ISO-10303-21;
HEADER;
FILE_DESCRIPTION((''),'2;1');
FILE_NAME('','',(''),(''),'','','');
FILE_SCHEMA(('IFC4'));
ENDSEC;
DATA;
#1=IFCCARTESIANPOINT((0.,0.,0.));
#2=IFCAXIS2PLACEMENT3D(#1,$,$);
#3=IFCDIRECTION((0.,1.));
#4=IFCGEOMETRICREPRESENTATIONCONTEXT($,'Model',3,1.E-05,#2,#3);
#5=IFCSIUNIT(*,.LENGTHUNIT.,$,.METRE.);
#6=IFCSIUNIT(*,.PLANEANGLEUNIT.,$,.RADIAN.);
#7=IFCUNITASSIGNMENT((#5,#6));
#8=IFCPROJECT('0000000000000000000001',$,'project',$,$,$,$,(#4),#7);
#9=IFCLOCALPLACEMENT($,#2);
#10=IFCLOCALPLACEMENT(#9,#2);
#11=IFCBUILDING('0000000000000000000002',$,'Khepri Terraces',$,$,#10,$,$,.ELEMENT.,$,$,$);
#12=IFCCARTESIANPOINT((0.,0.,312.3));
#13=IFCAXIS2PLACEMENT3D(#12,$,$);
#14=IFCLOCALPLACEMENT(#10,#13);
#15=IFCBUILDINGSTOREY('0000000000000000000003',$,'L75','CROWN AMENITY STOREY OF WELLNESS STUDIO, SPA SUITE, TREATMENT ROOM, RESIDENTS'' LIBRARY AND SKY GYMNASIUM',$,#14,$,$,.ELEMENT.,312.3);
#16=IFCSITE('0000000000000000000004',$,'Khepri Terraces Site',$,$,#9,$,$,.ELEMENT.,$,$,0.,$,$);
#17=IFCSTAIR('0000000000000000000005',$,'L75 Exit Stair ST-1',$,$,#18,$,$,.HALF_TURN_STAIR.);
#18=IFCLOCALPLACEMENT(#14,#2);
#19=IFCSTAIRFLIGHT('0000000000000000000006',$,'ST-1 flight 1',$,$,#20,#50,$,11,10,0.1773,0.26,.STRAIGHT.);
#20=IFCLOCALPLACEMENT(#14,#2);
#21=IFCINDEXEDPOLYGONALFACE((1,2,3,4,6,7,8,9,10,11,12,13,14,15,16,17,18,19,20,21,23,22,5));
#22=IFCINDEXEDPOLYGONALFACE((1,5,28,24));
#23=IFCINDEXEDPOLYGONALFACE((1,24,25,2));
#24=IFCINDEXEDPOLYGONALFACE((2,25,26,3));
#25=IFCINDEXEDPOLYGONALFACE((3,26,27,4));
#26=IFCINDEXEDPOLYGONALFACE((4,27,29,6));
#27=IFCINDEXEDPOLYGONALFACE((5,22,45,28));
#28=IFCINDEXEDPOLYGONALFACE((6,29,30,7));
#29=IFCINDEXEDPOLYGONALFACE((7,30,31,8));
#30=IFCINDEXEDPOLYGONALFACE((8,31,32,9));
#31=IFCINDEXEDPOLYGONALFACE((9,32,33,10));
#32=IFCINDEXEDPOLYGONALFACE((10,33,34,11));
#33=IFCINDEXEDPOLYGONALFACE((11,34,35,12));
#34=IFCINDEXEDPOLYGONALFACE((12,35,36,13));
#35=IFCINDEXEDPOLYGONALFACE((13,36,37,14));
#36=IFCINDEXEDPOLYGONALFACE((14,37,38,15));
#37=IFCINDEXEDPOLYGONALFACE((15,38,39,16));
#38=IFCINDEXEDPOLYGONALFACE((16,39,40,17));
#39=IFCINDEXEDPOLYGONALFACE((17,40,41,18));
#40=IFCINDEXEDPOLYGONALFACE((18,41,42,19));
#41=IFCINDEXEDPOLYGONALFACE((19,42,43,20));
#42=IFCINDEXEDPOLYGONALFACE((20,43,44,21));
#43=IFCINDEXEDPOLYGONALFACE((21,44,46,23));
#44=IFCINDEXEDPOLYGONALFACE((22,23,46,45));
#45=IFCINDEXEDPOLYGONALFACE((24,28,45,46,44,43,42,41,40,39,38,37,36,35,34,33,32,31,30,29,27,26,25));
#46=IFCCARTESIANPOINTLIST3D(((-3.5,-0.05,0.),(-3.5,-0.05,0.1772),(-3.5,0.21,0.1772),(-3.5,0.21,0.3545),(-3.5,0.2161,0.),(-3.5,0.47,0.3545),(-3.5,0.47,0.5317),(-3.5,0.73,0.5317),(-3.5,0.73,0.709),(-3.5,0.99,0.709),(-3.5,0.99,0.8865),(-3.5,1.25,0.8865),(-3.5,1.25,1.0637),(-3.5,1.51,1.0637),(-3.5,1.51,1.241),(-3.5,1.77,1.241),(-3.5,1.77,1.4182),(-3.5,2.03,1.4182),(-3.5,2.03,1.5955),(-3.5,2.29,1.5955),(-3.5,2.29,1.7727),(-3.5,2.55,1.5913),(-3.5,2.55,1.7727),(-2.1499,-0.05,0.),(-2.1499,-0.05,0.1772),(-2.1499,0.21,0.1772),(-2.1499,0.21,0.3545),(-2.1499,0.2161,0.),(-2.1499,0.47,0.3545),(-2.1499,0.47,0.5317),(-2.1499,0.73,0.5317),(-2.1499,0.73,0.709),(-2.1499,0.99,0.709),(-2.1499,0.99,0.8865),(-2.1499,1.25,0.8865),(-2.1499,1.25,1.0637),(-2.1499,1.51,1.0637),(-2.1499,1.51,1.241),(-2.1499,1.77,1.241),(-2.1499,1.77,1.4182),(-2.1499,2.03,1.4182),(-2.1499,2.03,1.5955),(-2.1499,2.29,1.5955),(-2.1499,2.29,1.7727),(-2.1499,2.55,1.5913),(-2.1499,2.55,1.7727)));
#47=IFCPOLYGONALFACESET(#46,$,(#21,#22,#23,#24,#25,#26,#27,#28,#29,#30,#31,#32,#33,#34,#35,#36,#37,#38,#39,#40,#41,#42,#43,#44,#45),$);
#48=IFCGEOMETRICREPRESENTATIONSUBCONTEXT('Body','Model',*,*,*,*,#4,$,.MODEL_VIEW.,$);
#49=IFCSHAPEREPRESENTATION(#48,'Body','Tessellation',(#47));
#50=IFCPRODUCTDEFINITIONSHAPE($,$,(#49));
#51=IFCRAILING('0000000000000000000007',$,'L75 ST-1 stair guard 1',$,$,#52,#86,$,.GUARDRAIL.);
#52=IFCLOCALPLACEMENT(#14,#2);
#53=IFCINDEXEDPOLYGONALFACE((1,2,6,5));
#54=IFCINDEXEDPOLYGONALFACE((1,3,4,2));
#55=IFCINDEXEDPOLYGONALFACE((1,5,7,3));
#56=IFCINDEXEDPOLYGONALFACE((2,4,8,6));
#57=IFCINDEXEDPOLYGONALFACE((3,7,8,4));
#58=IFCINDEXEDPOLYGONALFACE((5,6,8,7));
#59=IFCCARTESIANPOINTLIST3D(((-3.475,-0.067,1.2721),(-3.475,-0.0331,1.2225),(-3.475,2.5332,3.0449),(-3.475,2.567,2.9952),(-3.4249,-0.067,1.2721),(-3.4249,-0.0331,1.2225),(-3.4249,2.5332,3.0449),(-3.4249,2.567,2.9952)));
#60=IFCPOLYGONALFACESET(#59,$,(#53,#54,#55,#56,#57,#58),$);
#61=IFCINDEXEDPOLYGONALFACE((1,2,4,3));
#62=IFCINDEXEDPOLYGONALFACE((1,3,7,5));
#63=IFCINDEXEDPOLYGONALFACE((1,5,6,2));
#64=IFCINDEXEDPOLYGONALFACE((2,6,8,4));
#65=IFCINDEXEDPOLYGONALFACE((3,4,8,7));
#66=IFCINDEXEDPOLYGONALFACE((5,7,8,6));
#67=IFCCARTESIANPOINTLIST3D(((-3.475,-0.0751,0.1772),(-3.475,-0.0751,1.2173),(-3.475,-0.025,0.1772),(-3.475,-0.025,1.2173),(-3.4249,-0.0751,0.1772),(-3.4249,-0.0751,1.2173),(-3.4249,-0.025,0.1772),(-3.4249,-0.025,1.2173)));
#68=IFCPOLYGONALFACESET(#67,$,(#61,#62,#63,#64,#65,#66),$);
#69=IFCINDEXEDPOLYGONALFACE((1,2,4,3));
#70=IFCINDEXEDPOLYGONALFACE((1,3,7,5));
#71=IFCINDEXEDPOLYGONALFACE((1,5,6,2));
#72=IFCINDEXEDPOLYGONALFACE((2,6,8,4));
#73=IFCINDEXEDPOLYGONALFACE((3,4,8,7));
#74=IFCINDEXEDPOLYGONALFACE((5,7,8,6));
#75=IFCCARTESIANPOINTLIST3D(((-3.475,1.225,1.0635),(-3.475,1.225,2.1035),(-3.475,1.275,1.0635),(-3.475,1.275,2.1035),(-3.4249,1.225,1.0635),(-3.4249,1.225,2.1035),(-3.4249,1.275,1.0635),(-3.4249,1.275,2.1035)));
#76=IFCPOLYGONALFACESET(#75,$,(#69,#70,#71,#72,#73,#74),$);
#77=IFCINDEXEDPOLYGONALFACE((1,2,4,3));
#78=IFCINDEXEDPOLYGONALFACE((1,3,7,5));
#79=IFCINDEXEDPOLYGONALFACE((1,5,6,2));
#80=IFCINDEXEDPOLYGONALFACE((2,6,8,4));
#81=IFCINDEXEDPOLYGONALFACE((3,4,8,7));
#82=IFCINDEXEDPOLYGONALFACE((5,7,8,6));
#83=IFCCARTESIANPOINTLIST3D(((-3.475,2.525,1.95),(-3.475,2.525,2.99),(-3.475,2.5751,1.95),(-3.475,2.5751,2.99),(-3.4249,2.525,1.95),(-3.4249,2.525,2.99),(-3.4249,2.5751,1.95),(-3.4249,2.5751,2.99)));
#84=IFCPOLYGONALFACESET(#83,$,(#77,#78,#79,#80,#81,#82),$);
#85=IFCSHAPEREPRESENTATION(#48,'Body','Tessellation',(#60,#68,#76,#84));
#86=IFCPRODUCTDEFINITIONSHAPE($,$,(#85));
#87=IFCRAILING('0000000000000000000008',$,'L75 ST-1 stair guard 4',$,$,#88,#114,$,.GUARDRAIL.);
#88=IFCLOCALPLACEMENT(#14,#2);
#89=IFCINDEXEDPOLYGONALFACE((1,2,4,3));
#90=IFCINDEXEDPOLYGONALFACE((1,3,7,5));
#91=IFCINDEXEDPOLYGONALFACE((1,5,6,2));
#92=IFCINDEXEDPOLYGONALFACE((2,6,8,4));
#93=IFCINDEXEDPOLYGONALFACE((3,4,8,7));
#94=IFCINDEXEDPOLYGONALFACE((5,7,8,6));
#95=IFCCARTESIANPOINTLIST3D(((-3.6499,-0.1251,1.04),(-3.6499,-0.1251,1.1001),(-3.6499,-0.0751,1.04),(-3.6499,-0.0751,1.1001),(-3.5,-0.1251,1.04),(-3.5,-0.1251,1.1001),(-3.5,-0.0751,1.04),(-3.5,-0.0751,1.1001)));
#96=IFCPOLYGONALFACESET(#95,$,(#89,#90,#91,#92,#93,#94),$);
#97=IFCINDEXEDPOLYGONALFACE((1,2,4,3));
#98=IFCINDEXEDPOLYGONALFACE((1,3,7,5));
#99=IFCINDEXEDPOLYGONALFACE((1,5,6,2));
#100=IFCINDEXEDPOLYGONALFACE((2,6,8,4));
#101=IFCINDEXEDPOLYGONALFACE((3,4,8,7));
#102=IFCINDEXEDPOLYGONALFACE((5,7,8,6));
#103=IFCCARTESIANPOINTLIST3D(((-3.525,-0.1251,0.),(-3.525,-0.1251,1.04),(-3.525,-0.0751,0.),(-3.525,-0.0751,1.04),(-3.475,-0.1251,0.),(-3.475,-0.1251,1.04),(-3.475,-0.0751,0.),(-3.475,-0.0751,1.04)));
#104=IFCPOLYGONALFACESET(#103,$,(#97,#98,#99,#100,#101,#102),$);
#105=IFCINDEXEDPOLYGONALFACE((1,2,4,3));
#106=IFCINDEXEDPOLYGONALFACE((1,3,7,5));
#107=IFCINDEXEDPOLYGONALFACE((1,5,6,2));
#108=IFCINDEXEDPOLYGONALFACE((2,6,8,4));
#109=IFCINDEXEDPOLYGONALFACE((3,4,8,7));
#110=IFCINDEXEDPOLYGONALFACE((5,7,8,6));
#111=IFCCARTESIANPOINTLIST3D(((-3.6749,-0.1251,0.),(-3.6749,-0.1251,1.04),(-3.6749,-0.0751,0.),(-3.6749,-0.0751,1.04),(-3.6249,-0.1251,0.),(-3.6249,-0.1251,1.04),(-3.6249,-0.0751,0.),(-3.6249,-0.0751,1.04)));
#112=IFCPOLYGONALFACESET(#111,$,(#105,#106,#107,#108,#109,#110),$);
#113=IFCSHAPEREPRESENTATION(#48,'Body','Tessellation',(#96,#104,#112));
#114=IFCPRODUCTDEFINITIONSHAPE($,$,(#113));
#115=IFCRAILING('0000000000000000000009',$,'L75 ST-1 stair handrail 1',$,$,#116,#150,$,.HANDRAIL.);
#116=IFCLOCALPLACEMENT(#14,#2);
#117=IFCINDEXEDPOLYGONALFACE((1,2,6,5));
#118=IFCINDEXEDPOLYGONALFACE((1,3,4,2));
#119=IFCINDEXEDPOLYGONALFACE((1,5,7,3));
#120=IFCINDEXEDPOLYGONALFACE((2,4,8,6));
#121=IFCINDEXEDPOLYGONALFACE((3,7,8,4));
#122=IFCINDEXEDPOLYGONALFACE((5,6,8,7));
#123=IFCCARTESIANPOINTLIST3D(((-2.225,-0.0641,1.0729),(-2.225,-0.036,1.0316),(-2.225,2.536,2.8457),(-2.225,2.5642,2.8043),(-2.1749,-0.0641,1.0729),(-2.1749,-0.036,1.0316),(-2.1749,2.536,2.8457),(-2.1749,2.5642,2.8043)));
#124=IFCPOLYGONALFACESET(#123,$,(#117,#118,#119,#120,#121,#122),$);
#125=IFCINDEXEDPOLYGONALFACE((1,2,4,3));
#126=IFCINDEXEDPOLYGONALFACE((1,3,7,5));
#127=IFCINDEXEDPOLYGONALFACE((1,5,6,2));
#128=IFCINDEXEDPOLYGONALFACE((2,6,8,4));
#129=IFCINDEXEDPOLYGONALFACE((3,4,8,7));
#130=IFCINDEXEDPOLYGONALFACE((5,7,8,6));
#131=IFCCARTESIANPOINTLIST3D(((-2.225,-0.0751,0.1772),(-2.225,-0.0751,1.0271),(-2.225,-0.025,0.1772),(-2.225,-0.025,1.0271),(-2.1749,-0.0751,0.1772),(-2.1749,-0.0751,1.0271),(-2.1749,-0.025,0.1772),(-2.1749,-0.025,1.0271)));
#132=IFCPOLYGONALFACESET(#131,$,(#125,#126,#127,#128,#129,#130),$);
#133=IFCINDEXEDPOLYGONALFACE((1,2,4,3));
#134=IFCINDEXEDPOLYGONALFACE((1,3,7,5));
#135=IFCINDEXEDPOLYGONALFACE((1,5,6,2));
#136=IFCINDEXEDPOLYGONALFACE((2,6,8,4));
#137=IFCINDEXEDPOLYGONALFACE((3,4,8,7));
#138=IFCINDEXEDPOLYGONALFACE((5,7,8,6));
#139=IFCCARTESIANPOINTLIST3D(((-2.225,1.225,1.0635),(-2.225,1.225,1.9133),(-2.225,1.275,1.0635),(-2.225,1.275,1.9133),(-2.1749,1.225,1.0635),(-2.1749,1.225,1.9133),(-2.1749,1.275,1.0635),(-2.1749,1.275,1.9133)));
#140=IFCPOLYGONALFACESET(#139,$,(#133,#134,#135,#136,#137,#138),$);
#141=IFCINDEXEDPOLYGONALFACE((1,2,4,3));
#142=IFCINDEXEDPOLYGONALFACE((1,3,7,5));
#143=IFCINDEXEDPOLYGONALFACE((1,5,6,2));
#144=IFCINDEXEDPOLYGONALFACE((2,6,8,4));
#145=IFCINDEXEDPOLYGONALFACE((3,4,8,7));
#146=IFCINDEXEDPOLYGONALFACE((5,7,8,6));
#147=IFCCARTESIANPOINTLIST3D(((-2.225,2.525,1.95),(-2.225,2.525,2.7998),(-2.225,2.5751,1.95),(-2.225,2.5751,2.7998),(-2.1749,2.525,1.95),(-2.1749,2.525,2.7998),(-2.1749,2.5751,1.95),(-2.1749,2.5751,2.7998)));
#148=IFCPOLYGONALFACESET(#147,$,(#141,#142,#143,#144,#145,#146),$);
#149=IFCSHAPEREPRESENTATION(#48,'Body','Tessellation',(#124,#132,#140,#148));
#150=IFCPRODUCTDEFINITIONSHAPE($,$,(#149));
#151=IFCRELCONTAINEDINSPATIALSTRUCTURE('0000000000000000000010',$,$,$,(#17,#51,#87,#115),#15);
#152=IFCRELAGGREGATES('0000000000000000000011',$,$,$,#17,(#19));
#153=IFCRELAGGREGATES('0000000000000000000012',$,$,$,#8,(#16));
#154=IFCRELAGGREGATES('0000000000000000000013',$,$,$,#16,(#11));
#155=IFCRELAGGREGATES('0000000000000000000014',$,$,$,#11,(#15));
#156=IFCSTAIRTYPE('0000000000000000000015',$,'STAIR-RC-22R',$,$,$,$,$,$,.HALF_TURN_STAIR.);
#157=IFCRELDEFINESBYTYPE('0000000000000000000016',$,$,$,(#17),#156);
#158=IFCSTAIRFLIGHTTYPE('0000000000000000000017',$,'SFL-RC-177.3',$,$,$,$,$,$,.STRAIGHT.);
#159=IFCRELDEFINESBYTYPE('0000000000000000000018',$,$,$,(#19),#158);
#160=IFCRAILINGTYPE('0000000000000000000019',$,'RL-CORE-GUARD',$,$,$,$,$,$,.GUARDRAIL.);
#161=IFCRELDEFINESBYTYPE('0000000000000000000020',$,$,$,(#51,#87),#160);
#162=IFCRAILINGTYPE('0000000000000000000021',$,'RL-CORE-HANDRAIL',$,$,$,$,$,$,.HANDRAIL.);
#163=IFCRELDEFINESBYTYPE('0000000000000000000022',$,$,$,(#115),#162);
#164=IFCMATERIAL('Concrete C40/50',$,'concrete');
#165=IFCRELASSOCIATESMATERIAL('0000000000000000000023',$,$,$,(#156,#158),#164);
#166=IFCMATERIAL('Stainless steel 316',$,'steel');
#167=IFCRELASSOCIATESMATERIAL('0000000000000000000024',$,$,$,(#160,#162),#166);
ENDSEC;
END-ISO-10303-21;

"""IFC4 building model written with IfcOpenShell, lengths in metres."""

from ifc_helpers import new_model, si_unit, direction, frame, origin, origin_2d, place, context, subcontext, project, spatial, polyline, rectangle, outline, extrude, material, type_object, element, aggregate, save


model = new_model("IFC4")

# Units and contexts
model_context = context("Model", 3, precision=1e-05, world=origin(), true_north=direction((0.0, 1.0)))
body_context = subcontext(model_context, "Body", "Model", "MODEL_VIEW")
ifc_project = project(units=[si_unit("LENGTHUNIT", "METRE"), si_unit("PLANEANGLEUNIT", "RADIAN")], contexts=[model_context])

# Site, building, storey
site_placement = place(None, origin())
site = spatial("IfcSite", under=ifc_project, at=site_placement, Name="Khepri Terraces Site", CompositionType="ELEMENT", RefElevation=0.0)
building_placement = place(site_placement, origin())
building = spatial("IfcBuilding", under=site, at=building_placement, Name="Khepri Terraces", CompositionType="ELEMENT")
storey_placement = place(building_placement, frame((0.0, 0.0, 312.3)))
storey = spatial("IfcBuildingStorey", under=building, at=storey_placement, Name="L75", Description="CROWN AMENITY STOREY OF WELLNESS STUDIO, SPA SUITE, TREATMENT ROOM, RESIDENTS' LIBRARY AND SKY GYMNASIUM", CompositionType="ELEMENT", Elevation=312.3)

# Shared definitions
ifc_material_1 = material(Name="Concrete C40/50", Category="concrete")

# Stair, stair flight
stair_type = type_object("IfcStairType", Name="STAIR-RC-22R", PredefinedType="HALF_TURN_STAIR", material=ifc_material_1)
stair_placement = place(storey_placement, origin())
stair = element("IfcStair", 1, at=stair_placement, inside=storey, type_object=stair_type, Name="L75 Exit Stair ST-1", PredefinedType="HALF_TURN_STAIR")
stair_flight_type = type_object("IfcStairFlightType", Name="SFL-RC-177.3", PredefinedType="STRAIGHT", material=ifc_material_1)
stair_flight_placement = place(storey_placement, frame((-2.825, -0.05, 0.0), z_axis=(0.0, 0.0, 1.0), x_axis=(0.0, 1.0, 0.0)))
stair_flight = element("IfcStairFlight", 2, at=stair_flight_placement, type_object=stair_flight_type, Name="ST-1 flight 1", NumberOfRisers=11, NumberOfTreads=10, PredefinedType="STRAIGHT", RiserHeight=0.1773, TreadLength=0.26, context=body_context, shape_type="SweptSolid", body=[
    extrude(outline(polyline([(0.0, 0.0), (0.0, 0.1772), (0.26, 0.1772), (0.26, 0.3545), (0.52, 0.3545), (0.52, 0.5317), (0.78, 0.5317), (0.78, 0.709), (1.04, 0.709), (1.04, 0.8865), (1.3, 0.8865), (1.3, 1.0637), (1.5601, 1.0637), (1.5601, 1.241), (1.8201, 1.241), (1.8201, 1.4182), (2.0801, 1.4182), (2.0801, 1.5955), (2.3401, 1.5955), (2.3401, 1.7727), (2.6001, 1.7727), (2.6001, 1.95), (2.6001, 1.5913), (0.2661, 0.0), (0.0, 0.0)])), frame((0.0, 0.675, 0.0), z_axis=(0.0, -1.0, 0.0), x_axis=(1.0, 0.0, 0.0)), (0.0, 0.0, 1.0), 1.3501),
])
aggregate(stair, [stair_flight])

# Railings
ifc_material_2 = material(Name="Stainless steel 316", Category="steel")
railing_type_1 = type_object("IfcRailingType", Name="RL-CORE-GUARD", PredefinedType="GUARDRAIL", material=ifc_material_2)
railing_1_placement = place(storey_placement, frame((-3.45, -0.05, 0.1772)))
element("IfcRailing", 3, at=railing_1_placement, inside=storey, type_object=railing_type_1, Name="L75 ST-1 stair guard 1", PredefinedType="GUARDRAIL", context=body_context, shape_type="SweptSolid", body=[
    extrude(rectangle(XDim=0.05, YDim=0.0601, at=origin_2d()), frame((0.0, 0.0, 1.0701), z_axis=(0.0, 0.82624, 0.563318), x_axis=(-1.0, 0.0, 0.0)), (0.0, 0.0, 1.0), 3.147),
    extrude(rectangle(XDim=0.05, YDim=0.05, at=origin_2d()), origin(), (0.0, 0.0, 1.0), 1.04),
    extrude(rectangle(XDim=0.05, YDim=0.05, at=origin_2d()), frame((0.0, 1.3, 0.8862)), (0.0, 0.0, 1.0), 1.04),
    extrude(rectangle(XDim=0.05, YDim=0.05, at=origin_2d()), frame((0.0, 2.6001, 1.7727)), (0.0, 0.0, 1.0), 1.04),
])
railing_2_placement = place(storey_placement, frame((-3.5, -0.1001, 0.0)))
element("IfcRailing", 4, at=railing_2_placement, inside=storey, type_object=railing_type_1, Name="L75 ST-1 stair guard 4", PredefinedType="GUARDRAIL", context=body_context, shape_type="SweptSolid", body=[
    extrude(rectangle(XDim=0.05, YDim=0.0601, at=origin_2d()), frame((0.0, 0.0, 1.0701), z_axis=(-1.0, 0.0, 0.0), x_axis=(0.0, -1.0, 0.0)), (0.0, 0.0, 1.0), 0.1499),
    extrude(rectangle(XDim=0.05, YDim=0.05, at=origin_2d()), origin(), (0.0, 0.0, 1.0), 1.04),
    extrude(rectangle(XDim=0.05, YDim=0.05, at=origin_2d()), frame((-0.1499, 0.0, 0.0)), (0.0, 0.0, 1.0), 1.04),
])
railing_type_2 = type_object("IfcRailingType", Name="RL-CORE-HANDRAIL", PredefinedType="HANDRAIL", material=ifc_material_2)
railing_3_placement = place(storey_placement, frame((-2.2, -0.05, 0.1772)))
element("IfcRailing", 5, at=railing_3_placement, inside=storey, type_object=railing_type_2, Name="L75 ST-1 stair handrail 1", PredefinedType="HANDRAIL", context=body_context, shape_type="SweptSolid", body=[
    extrude(rectangle(XDim=0.05, YDim=0.05, at=origin_2d()), frame((0.0, 0.0, 0.875), z_axis=(0.0, 0.82624, 0.563318), x_axis=(-1.0, 0.0, 0.0)), (0.0, 0.0, 1.0), 3.147),
    extrude(rectangle(XDim=0.05, YDim=0.05, at=origin_2d()), origin(), (0.0, 0.0, 1.0), 0.8499),
    extrude(rectangle(XDim=0.05, YDim=0.05, at=origin_2d()), frame((0.0, 1.3, 0.8862)), (0.0, 0.0, 1.0), 0.8499),
    extrude(rectangle(XDim=0.05, YDim=0.05, at=origin_2d()), frame((0.0, 2.6001, 1.7727)), (0.0, 0.0, 1.0), 0.8499),
])

save(model, "model.ifc")
